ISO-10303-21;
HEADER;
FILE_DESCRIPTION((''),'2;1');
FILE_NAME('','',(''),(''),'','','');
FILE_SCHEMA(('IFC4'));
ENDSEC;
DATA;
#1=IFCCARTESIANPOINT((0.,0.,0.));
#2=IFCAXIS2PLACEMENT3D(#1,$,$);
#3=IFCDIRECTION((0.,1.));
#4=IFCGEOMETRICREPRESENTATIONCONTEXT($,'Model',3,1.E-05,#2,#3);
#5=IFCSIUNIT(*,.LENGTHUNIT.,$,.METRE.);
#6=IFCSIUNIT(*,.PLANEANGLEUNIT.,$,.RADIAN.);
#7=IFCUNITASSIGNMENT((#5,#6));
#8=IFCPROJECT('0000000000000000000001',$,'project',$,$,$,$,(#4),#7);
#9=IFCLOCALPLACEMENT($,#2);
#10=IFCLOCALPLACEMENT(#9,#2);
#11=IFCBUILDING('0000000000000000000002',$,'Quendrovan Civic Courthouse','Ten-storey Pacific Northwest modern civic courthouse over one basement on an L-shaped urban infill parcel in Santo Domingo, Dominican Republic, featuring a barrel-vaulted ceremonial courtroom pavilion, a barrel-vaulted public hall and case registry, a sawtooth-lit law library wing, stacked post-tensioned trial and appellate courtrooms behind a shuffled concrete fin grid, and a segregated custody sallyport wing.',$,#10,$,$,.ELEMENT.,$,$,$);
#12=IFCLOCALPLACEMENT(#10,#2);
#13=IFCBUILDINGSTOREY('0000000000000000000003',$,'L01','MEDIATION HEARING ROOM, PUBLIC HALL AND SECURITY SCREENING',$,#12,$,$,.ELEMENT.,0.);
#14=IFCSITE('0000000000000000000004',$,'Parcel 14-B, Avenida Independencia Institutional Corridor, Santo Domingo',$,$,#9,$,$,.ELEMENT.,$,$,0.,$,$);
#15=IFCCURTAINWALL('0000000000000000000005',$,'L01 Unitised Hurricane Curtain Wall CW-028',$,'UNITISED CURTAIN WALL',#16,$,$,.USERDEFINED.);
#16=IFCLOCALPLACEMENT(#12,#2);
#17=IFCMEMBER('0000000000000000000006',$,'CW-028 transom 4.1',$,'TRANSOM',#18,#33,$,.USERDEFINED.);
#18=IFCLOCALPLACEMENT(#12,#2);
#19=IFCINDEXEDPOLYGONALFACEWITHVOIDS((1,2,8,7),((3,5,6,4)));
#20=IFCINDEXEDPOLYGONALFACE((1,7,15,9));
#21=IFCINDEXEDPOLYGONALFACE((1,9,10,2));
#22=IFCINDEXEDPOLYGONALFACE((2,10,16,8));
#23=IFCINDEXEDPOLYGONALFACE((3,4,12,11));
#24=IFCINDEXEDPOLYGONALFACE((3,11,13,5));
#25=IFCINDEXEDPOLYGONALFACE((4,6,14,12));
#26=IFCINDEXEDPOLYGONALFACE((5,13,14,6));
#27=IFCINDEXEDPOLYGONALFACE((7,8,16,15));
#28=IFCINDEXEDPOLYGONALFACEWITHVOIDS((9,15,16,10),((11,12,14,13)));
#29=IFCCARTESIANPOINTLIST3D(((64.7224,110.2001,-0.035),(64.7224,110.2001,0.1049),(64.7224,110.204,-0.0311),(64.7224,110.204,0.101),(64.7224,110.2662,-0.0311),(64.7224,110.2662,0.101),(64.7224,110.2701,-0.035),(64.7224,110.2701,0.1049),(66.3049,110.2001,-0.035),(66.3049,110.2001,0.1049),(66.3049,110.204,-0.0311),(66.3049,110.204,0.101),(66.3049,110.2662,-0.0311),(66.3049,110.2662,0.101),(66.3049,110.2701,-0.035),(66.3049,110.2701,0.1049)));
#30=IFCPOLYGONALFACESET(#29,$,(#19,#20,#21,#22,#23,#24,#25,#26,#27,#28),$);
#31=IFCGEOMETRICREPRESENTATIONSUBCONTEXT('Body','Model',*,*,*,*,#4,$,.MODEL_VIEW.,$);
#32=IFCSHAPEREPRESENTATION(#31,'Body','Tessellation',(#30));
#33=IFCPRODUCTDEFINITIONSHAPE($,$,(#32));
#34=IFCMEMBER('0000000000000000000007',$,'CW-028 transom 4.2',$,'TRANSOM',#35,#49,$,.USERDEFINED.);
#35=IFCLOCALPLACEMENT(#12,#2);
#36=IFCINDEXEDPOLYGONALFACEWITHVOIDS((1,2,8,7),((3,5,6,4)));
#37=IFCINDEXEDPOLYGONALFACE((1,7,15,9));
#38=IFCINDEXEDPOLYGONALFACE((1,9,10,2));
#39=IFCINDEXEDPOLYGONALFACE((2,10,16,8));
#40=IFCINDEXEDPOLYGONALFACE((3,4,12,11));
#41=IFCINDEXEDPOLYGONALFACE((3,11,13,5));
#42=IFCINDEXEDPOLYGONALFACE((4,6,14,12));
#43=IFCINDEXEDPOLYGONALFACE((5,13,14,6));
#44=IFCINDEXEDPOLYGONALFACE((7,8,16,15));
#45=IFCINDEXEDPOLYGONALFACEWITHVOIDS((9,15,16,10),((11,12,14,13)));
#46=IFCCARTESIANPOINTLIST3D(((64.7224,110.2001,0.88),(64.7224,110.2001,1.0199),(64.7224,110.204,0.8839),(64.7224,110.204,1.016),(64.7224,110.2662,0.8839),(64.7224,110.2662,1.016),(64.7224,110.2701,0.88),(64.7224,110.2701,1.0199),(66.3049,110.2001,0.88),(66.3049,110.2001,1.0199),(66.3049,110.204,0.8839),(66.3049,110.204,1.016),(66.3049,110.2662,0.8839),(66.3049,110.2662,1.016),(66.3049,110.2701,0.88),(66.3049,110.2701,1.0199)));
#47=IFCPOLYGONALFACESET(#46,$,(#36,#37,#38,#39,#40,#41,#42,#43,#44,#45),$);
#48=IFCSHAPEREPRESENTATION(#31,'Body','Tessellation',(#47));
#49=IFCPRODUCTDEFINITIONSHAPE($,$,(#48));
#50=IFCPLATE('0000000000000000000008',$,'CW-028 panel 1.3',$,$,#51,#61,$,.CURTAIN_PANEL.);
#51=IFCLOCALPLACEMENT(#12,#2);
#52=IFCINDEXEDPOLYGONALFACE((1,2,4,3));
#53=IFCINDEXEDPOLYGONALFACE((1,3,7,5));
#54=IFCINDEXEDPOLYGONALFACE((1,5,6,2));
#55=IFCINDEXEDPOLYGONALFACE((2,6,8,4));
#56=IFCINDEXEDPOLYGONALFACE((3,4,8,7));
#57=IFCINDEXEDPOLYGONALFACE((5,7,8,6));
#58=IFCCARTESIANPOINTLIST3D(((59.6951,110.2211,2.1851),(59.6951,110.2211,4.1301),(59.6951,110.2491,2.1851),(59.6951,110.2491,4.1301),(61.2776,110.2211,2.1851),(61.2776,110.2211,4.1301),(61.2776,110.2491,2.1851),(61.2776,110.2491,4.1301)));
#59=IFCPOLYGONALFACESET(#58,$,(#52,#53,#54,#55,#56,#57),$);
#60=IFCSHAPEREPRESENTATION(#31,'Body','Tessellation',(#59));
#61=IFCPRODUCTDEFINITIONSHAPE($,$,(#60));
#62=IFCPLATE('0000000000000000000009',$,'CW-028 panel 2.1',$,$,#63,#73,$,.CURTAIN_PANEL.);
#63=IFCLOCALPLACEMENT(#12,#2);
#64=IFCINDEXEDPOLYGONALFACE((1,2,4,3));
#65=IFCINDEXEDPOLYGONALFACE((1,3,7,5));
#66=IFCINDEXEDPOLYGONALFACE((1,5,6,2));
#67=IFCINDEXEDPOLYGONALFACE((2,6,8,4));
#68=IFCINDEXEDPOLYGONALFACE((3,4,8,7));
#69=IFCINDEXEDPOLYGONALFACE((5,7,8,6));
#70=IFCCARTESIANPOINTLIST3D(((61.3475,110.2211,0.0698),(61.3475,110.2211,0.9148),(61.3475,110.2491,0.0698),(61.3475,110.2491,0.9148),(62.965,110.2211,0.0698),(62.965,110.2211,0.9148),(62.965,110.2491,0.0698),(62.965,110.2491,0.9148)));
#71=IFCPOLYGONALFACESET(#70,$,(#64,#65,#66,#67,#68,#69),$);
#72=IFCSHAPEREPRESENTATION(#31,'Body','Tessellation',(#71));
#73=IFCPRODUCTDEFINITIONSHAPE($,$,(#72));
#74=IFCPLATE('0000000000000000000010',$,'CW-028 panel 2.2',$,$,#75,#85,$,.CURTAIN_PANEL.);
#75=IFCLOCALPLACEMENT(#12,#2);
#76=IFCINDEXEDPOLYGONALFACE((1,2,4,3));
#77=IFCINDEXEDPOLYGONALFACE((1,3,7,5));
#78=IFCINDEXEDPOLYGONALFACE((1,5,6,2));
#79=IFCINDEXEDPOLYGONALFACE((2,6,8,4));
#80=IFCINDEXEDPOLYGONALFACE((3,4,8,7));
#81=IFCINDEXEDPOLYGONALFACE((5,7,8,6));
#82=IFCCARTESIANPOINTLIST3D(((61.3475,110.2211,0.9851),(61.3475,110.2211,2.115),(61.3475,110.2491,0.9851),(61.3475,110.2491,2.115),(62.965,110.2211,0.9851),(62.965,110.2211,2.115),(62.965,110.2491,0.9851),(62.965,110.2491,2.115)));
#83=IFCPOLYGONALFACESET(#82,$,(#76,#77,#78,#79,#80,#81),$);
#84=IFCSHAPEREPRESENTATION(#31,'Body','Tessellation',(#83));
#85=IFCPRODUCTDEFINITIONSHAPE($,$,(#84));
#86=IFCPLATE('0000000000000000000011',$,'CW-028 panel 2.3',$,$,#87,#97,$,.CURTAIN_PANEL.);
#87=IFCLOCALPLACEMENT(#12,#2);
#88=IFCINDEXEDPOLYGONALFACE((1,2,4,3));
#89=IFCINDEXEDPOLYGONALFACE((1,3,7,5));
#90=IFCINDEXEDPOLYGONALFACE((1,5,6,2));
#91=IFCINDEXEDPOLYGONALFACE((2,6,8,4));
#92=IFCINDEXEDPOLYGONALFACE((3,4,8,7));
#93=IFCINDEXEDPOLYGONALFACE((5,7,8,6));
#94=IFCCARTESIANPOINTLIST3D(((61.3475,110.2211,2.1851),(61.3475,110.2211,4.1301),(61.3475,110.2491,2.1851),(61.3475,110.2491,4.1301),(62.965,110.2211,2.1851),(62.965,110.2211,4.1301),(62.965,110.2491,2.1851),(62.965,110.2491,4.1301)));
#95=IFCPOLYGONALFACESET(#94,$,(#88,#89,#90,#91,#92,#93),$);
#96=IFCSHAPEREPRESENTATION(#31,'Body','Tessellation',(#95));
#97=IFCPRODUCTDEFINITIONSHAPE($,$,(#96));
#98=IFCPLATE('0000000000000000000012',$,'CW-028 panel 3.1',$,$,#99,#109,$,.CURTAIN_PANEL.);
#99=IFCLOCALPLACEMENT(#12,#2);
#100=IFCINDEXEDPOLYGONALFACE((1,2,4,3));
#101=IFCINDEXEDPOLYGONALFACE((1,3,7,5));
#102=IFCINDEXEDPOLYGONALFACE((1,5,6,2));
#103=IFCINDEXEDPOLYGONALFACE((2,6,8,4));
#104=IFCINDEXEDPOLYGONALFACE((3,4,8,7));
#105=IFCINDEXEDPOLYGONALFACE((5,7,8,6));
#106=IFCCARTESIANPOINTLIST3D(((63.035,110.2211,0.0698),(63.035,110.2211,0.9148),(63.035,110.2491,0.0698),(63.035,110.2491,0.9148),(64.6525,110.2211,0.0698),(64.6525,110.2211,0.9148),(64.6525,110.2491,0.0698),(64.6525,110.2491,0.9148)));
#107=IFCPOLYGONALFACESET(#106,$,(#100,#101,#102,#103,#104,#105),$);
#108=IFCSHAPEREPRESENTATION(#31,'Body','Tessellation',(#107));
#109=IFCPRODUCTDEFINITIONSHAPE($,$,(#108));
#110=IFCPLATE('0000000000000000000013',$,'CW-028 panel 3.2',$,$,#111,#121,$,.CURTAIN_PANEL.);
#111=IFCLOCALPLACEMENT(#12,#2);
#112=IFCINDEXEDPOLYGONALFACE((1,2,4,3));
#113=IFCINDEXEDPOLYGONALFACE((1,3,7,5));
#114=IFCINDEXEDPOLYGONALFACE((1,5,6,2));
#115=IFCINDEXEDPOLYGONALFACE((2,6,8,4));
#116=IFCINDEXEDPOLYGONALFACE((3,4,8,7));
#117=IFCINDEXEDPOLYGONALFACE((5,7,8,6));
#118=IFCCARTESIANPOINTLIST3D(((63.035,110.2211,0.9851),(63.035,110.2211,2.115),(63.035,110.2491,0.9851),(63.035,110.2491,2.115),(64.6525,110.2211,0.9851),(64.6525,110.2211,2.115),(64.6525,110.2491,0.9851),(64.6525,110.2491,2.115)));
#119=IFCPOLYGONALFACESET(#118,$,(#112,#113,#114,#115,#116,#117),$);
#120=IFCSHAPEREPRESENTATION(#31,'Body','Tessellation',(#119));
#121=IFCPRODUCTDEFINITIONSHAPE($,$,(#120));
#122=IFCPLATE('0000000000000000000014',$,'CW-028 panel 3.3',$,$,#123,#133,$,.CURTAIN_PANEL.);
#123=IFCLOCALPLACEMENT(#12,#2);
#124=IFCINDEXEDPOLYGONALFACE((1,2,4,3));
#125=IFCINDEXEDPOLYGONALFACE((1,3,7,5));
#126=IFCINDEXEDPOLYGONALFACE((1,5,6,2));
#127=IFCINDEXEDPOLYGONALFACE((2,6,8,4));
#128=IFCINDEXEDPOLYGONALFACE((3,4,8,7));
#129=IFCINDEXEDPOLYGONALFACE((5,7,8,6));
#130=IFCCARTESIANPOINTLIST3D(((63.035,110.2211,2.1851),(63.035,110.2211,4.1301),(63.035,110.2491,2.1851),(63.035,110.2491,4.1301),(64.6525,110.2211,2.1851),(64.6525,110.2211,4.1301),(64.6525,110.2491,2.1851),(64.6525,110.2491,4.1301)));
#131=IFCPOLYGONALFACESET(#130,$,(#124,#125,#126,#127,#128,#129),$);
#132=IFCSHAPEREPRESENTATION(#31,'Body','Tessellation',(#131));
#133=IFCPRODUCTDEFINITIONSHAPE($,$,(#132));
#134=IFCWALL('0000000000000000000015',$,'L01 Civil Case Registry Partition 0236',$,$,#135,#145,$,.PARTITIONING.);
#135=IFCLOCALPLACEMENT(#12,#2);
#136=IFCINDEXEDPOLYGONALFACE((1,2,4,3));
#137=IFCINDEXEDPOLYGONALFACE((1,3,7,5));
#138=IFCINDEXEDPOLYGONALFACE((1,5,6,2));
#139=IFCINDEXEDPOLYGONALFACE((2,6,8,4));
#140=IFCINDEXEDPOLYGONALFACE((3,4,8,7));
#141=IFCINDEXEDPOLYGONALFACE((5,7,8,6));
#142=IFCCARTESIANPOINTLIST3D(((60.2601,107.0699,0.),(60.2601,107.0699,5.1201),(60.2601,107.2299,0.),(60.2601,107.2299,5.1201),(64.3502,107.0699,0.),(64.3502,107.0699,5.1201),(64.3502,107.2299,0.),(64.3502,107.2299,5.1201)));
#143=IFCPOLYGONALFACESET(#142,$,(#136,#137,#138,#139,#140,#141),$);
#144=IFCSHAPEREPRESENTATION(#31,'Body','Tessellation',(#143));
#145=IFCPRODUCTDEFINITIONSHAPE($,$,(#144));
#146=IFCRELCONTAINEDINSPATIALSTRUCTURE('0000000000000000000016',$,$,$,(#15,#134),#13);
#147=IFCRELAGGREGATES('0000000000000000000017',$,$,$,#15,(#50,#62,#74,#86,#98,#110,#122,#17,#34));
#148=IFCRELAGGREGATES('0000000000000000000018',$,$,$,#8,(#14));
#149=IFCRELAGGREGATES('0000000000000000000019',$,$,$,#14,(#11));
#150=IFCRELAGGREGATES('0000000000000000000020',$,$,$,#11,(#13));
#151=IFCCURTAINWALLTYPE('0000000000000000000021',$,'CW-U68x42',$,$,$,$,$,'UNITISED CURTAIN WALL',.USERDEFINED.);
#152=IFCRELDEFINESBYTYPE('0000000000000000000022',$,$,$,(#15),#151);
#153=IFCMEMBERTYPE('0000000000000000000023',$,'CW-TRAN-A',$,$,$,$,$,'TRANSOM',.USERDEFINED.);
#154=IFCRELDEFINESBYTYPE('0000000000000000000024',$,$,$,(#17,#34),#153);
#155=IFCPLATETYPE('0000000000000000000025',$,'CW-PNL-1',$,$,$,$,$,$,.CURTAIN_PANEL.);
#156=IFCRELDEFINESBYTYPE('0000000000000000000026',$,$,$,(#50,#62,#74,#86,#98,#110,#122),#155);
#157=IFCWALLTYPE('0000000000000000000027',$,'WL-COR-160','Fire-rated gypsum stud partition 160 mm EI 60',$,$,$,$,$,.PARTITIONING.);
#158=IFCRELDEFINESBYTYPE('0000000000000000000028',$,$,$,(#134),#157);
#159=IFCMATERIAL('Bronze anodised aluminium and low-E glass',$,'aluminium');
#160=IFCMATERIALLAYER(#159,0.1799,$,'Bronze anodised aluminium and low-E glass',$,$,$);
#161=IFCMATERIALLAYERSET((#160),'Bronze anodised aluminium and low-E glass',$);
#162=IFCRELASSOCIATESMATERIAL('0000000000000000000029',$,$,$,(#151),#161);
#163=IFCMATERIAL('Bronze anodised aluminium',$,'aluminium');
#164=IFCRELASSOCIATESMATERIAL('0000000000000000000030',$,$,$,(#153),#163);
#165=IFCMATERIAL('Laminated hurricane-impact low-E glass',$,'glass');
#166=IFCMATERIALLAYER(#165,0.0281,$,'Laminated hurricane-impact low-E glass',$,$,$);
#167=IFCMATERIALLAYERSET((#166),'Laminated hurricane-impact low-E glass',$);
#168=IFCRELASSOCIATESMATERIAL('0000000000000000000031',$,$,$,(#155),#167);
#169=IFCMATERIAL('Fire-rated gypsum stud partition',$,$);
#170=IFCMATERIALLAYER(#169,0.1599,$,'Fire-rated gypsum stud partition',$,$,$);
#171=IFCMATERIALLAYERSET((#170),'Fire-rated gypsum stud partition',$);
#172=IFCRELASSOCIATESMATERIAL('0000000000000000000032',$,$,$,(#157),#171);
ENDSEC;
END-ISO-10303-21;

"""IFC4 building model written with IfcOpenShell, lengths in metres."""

from ifc_helpers import new_model, si_unit, direction, frame, frame_2d, origin, origin_2d, place, context, subcontext, project, spatial, rectangle, hollow_rectangle, extrude, material, layer, layer_set, material_profile, profile_set, type_object, element, aggregate, save


model = new_model("IFC4")

# Units and contexts
model_context = context("Model", 3, precision=1e-05, world=origin(), true_north=direction((0.0, 1.0)))
body_context = subcontext(model_context, "Body", "Model", "MODEL_VIEW")
ifc_project = project(units=[si_unit("LENGTHUNIT", "METRE"), si_unit("PLANEANGLEUNIT", "RADIAN")], contexts=[model_context])

# Site, building, storey
site_placement = place(None, origin())
site = spatial("IfcSite", under=ifc_project, at=site_placement, Name="Parcel 14-B, Avenida Independencia Institutional Corridor, Santo Domingo", CompositionType="ELEMENT", RefElevation=0.0)
building_placement = place(site_placement, origin())
building = spatial("IfcBuilding", under=site, at=building_placement, Name="Quendrovan Civic Courthouse", Description="Ten-storey Pacific Northwest modern civic courthouse over one basement on an L-shaped urban infill parcel in Santo Domingo, Dominican Republic, featuring a barrel-vaulted ceremonial courtroom pavilion, a barrel-vaulted public hall and case registry, a sawtooth-lit law library wing, stacked post-tensioned trial and appellate courtrooms behind a shuffled concrete fin grid, and a segregated custody sallyport wing.", CompositionType="ELEMENT")
storey_placement = place(building_placement, origin())
storey = spatial("IfcBuildingStorey", under=building, at=storey_placement, Name="L01", Description="MEDIATION HEARING ROOM, PUBLIC HALL AND SECURITY SCREENING", CompositionType="ELEMENT", Elevation=0.0)

# Curtain wall, members, plates
ifc_material_1 = material(Name="Bronze anodised aluminium and low-E glass", Category="aluminium")
ifc_layer_1 = layer(ifc_material_1, 0.1799, Name="Bronze anodised aluminium and low-E glass")
ifc_layer_set_1 = layer_set([ifc_layer_1], Name="Bronze anodised aluminium and low-E glass")
curtain_wall_type = type_object("IfcCurtainWallType", Name="CW-U68x42", ElementType="UNITISED CURTAIN WALL", PredefinedType="USERDEFINED", material=ifc_layer_set_1)
curtain_wall_placement = place(storey_placement, origin())
curtain_wall = element("IfcCurtainWall", 1, at=curtain_wall_placement, inside=storey, type_object=curtain_wall_type, Name="L01 Unitised Hurricane Curtain Wall CW-028", ObjectType="UNITISED CURTAIN WALL", PredefinedType="USERDEFINED")
ifc_material_2 = material(Name="Bronze anodised aluminium", Category="aluminium")
ifc_material_profile_1 = material_profile(ifc_material_2, hollow_rectangle(XDim=0.0701, YDim=0.1399, WallThickness=0.0039, at=origin_2d()), Name="CW-TRAN-70x140")
ifc_profile_set_1 = profile_set([ifc_material_profile_1], Name="Bronze anodised aluminium")
member_type_1 = type_object("IfcMemberType", Name="CW-TRAN-A", ElementType="TRANSOM", PredefinedType="USERDEFINED", material=ifc_profile_set_1)
member_1_placement = place(storey_placement, frame((64.7224, 110.2351, 0.0349), z_axis=(1.0, 0.0, 0.0), x_axis=(0.0, 1.0, 0.0)))
member_1 = element("IfcMember", 2, at=member_1_placement, type_object=member_type_1, Name="CW-028 transom 4.1", ObjectType="TRANSOM", PredefinedType="USERDEFINED", context=body_context, shape_type="SweptSolid", body=[
    extrude(hollow_rectangle(XDim=0.0701, YDim=0.1399, WallThickness=0.0039, at=origin_2d()), origin(), (0.0, 0.0, 1.0), 1.5825),
])
member_2_placement = place(storey_placement, frame((64.7224, 110.2351, 0.95), z_axis=(1.0, 0.0, 0.0), x_axis=(0.0, 1.0, 0.0)))
member_2 = element("IfcMember", 3, at=member_2_placement, type_object=member_type_1, Name="CW-028 transom 4.2", ObjectType="TRANSOM", PredefinedType="USERDEFINED", context=body_context, shape_type="SweptSolid", body=[
    extrude(hollow_rectangle(XDim=0.0701, YDim=0.1399, WallThickness=0.0039, at=origin_2d()), origin(), (0.0, 0.0, 1.0), 1.5825),
])
ifc_material_3 = material(Name="Laminated hurricane-impact low-E glass", Category="glass")
ifc_layer_2 = layer(ifc_material_3, 0.0281, Name="Laminated hurricane-impact low-E glass")
ifc_layer_set_2 = layer_set([ifc_layer_2], Name="Laminated hurricane-impact low-E glass")
plate_type = type_object("IfcPlateType", Name="CW-PNL-1", PredefinedType="CURTAIN_PANEL", material=ifc_layer_set_2)
plate_1_placement = place(storey_placement, frame((60.4863, 110.2351, 2.1851), z_axis=(0.0, 0.0, 1.0), x_axis=(1.0, 0.0, 0.0)))
plate_1 = element("IfcPlate", 4, at=plate_1_placement, type_object=plate_type, Name="CW-028 panel 1.3", PredefinedType="CURTAIN_PANEL", context=body_context, shape_type="SweptSolid", body=[
    extrude(rectangle(XDim=1.5825, YDim=0.0281, at=origin_2d()), origin(), (0.0, 0.0, 1.0), 1.9451),
])
plate_2_placement = place(storey_placement, frame((62.1562, 110.2351, 0.0698), z_axis=(0.0, 0.0, 1.0), x_axis=(1.0, 0.0, 0.0)))
plate_2 = element("IfcPlate", 5, at=plate_2_placement, type_object=plate_type, Name="CW-028 panel 2.1", PredefinedType="CURTAIN_PANEL", context=body_context, shape_type="SweptSolid", body=[
    extrude(rectangle(XDim=1.6174, YDim=0.0281, at=origin_2d()), origin(), (0.0, 0.0, 1.0), 0.845),
])
plate_3_placement = place(storey_placement, frame((62.1562, 110.2351, 0.9851), z_axis=(0.0, 0.0, 1.0), x_axis=(1.0, 0.0, 0.0)))
plate_3 = element("IfcPlate", 6, at=plate_3_placement, type_object=plate_type, Name="CW-028 panel 2.2", PredefinedType="CURTAIN_PANEL", context=body_context, shape_type="SweptSolid", body=[
    extrude(rectangle(XDim=1.6174, YDim=0.0281, at=origin_2d()), origin(), (0.0, 0.0, 1.0), 1.1299),
])
plate_4_placement = place(storey_placement, frame((62.1562, 110.2351, 2.1851), z_axis=(0.0, 0.0, 1.0), x_axis=(1.0, 0.0, 0.0)))
plate_4 = element("IfcPlate", 7, at=plate_4_placement, type_object=plate_type, Name="CW-028 panel 2.3", PredefinedType="CURTAIN_PANEL", context=body_context, shape_type="SweptSolid", body=[
    extrude(rectangle(XDim=1.6174, YDim=0.0281, at=origin_2d()), origin(), (0.0, 0.0, 1.0), 1.9451),
])
plate_5_placement = place(storey_placement, frame((63.8438, 110.2351, 0.0698), z_axis=(0.0, 0.0, 1.0), x_axis=(1.0, 0.0, 0.0)))
plate_5 = element("IfcPlate", 8, at=plate_5_placement, type_object=plate_type, Name="CW-028 panel 3.1", PredefinedType="CURTAIN_PANEL", context=body_context, shape_type="SweptSolid", body=[
    extrude(rectangle(XDim=1.6174, YDim=0.0281, at=origin_2d()), origin(), (0.0, 0.0, 1.0), 0.845),
])
plate_6_placement = place(storey_placement, frame((63.8438, 110.2351, 0.9851), z_axis=(0.0, 0.0, 1.0), x_axis=(1.0, 0.0, 0.0)))
plate_6 = element("IfcPlate", 9, at=plate_6_placement, type_object=plate_type, Name="CW-028 panel 3.2", PredefinedType="CURTAIN_PANEL", context=body_context, shape_type="SweptSolid", body=[
    extrude(rectangle(XDim=1.6174, YDim=0.0281, at=origin_2d()), origin(), (0.0, 0.0, 1.0), 1.1299),
])
plate_7_placement = place(storey_placement, frame((63.8438, 110.2351, 2.1851), z_axis=(0.0, 0.0, 1.0), x_axis=(1.0, 0.0, 0.0)))
plate_7 = element("IfcPlate", 10, at=plate_7_placement, type_object=plate_type, Name="CW-028 panel 3.3", PredefinedType="CURTAIN_PANEL", context=body_context, shape_type="SweptSolid", body=[
    extrude(rectangle(XDim=1.6174, YDim=0.0281, at=origin_2d()), origin(), (0.0, 0.0, 1.0), 1.9451),
])
aggregate(curtain_wall, [plate_1, plate_2, plate_3, plate_4, plate_5, plate_6, plate_7, member_1, member_2])

# Wall
ifc_material_4 = material(Name="Fire-rated gypsum stud partition")
ifc_layer_3 = layer(ifc_material_4, 0.1599, Name="Fire-rated gypsum stud partition")
ifc_layer_set_3 = layer_set([ifc_layer_3], Name="Fire-rated gypsum stud partition")
wall_type = type_object("IfcWallType", Name="WL-COR-160", Description="Fire-rated gypsum stud partition 160 mm EI 60", PredefinedType="PARTITIONING", material=ifc_layer_set_3)
wall_placement = place(storey_placement, frame((64.3501, 107.1499, 0.0), z_axis=(0.0, 0.0, 1.0), x_axis=(-1.0, 0.0, 0.0)))
element("IfcWall", 11, at=wall_placement, inside=storey, type_object=wall_type, Name="L01 Civil Case Registry Partition 0236", PredefinedType="PARTITIONING", context=body_context, shape_type="SweptSolid", body=[
    extrude(rectangle(XDim=4.0901, YDim=0.1599, at=frame_2d((2.0449, 0.0))), origin(), (0.0, 0.0, 1.0), 5.1201),
])

save(model, "model.ifc")
